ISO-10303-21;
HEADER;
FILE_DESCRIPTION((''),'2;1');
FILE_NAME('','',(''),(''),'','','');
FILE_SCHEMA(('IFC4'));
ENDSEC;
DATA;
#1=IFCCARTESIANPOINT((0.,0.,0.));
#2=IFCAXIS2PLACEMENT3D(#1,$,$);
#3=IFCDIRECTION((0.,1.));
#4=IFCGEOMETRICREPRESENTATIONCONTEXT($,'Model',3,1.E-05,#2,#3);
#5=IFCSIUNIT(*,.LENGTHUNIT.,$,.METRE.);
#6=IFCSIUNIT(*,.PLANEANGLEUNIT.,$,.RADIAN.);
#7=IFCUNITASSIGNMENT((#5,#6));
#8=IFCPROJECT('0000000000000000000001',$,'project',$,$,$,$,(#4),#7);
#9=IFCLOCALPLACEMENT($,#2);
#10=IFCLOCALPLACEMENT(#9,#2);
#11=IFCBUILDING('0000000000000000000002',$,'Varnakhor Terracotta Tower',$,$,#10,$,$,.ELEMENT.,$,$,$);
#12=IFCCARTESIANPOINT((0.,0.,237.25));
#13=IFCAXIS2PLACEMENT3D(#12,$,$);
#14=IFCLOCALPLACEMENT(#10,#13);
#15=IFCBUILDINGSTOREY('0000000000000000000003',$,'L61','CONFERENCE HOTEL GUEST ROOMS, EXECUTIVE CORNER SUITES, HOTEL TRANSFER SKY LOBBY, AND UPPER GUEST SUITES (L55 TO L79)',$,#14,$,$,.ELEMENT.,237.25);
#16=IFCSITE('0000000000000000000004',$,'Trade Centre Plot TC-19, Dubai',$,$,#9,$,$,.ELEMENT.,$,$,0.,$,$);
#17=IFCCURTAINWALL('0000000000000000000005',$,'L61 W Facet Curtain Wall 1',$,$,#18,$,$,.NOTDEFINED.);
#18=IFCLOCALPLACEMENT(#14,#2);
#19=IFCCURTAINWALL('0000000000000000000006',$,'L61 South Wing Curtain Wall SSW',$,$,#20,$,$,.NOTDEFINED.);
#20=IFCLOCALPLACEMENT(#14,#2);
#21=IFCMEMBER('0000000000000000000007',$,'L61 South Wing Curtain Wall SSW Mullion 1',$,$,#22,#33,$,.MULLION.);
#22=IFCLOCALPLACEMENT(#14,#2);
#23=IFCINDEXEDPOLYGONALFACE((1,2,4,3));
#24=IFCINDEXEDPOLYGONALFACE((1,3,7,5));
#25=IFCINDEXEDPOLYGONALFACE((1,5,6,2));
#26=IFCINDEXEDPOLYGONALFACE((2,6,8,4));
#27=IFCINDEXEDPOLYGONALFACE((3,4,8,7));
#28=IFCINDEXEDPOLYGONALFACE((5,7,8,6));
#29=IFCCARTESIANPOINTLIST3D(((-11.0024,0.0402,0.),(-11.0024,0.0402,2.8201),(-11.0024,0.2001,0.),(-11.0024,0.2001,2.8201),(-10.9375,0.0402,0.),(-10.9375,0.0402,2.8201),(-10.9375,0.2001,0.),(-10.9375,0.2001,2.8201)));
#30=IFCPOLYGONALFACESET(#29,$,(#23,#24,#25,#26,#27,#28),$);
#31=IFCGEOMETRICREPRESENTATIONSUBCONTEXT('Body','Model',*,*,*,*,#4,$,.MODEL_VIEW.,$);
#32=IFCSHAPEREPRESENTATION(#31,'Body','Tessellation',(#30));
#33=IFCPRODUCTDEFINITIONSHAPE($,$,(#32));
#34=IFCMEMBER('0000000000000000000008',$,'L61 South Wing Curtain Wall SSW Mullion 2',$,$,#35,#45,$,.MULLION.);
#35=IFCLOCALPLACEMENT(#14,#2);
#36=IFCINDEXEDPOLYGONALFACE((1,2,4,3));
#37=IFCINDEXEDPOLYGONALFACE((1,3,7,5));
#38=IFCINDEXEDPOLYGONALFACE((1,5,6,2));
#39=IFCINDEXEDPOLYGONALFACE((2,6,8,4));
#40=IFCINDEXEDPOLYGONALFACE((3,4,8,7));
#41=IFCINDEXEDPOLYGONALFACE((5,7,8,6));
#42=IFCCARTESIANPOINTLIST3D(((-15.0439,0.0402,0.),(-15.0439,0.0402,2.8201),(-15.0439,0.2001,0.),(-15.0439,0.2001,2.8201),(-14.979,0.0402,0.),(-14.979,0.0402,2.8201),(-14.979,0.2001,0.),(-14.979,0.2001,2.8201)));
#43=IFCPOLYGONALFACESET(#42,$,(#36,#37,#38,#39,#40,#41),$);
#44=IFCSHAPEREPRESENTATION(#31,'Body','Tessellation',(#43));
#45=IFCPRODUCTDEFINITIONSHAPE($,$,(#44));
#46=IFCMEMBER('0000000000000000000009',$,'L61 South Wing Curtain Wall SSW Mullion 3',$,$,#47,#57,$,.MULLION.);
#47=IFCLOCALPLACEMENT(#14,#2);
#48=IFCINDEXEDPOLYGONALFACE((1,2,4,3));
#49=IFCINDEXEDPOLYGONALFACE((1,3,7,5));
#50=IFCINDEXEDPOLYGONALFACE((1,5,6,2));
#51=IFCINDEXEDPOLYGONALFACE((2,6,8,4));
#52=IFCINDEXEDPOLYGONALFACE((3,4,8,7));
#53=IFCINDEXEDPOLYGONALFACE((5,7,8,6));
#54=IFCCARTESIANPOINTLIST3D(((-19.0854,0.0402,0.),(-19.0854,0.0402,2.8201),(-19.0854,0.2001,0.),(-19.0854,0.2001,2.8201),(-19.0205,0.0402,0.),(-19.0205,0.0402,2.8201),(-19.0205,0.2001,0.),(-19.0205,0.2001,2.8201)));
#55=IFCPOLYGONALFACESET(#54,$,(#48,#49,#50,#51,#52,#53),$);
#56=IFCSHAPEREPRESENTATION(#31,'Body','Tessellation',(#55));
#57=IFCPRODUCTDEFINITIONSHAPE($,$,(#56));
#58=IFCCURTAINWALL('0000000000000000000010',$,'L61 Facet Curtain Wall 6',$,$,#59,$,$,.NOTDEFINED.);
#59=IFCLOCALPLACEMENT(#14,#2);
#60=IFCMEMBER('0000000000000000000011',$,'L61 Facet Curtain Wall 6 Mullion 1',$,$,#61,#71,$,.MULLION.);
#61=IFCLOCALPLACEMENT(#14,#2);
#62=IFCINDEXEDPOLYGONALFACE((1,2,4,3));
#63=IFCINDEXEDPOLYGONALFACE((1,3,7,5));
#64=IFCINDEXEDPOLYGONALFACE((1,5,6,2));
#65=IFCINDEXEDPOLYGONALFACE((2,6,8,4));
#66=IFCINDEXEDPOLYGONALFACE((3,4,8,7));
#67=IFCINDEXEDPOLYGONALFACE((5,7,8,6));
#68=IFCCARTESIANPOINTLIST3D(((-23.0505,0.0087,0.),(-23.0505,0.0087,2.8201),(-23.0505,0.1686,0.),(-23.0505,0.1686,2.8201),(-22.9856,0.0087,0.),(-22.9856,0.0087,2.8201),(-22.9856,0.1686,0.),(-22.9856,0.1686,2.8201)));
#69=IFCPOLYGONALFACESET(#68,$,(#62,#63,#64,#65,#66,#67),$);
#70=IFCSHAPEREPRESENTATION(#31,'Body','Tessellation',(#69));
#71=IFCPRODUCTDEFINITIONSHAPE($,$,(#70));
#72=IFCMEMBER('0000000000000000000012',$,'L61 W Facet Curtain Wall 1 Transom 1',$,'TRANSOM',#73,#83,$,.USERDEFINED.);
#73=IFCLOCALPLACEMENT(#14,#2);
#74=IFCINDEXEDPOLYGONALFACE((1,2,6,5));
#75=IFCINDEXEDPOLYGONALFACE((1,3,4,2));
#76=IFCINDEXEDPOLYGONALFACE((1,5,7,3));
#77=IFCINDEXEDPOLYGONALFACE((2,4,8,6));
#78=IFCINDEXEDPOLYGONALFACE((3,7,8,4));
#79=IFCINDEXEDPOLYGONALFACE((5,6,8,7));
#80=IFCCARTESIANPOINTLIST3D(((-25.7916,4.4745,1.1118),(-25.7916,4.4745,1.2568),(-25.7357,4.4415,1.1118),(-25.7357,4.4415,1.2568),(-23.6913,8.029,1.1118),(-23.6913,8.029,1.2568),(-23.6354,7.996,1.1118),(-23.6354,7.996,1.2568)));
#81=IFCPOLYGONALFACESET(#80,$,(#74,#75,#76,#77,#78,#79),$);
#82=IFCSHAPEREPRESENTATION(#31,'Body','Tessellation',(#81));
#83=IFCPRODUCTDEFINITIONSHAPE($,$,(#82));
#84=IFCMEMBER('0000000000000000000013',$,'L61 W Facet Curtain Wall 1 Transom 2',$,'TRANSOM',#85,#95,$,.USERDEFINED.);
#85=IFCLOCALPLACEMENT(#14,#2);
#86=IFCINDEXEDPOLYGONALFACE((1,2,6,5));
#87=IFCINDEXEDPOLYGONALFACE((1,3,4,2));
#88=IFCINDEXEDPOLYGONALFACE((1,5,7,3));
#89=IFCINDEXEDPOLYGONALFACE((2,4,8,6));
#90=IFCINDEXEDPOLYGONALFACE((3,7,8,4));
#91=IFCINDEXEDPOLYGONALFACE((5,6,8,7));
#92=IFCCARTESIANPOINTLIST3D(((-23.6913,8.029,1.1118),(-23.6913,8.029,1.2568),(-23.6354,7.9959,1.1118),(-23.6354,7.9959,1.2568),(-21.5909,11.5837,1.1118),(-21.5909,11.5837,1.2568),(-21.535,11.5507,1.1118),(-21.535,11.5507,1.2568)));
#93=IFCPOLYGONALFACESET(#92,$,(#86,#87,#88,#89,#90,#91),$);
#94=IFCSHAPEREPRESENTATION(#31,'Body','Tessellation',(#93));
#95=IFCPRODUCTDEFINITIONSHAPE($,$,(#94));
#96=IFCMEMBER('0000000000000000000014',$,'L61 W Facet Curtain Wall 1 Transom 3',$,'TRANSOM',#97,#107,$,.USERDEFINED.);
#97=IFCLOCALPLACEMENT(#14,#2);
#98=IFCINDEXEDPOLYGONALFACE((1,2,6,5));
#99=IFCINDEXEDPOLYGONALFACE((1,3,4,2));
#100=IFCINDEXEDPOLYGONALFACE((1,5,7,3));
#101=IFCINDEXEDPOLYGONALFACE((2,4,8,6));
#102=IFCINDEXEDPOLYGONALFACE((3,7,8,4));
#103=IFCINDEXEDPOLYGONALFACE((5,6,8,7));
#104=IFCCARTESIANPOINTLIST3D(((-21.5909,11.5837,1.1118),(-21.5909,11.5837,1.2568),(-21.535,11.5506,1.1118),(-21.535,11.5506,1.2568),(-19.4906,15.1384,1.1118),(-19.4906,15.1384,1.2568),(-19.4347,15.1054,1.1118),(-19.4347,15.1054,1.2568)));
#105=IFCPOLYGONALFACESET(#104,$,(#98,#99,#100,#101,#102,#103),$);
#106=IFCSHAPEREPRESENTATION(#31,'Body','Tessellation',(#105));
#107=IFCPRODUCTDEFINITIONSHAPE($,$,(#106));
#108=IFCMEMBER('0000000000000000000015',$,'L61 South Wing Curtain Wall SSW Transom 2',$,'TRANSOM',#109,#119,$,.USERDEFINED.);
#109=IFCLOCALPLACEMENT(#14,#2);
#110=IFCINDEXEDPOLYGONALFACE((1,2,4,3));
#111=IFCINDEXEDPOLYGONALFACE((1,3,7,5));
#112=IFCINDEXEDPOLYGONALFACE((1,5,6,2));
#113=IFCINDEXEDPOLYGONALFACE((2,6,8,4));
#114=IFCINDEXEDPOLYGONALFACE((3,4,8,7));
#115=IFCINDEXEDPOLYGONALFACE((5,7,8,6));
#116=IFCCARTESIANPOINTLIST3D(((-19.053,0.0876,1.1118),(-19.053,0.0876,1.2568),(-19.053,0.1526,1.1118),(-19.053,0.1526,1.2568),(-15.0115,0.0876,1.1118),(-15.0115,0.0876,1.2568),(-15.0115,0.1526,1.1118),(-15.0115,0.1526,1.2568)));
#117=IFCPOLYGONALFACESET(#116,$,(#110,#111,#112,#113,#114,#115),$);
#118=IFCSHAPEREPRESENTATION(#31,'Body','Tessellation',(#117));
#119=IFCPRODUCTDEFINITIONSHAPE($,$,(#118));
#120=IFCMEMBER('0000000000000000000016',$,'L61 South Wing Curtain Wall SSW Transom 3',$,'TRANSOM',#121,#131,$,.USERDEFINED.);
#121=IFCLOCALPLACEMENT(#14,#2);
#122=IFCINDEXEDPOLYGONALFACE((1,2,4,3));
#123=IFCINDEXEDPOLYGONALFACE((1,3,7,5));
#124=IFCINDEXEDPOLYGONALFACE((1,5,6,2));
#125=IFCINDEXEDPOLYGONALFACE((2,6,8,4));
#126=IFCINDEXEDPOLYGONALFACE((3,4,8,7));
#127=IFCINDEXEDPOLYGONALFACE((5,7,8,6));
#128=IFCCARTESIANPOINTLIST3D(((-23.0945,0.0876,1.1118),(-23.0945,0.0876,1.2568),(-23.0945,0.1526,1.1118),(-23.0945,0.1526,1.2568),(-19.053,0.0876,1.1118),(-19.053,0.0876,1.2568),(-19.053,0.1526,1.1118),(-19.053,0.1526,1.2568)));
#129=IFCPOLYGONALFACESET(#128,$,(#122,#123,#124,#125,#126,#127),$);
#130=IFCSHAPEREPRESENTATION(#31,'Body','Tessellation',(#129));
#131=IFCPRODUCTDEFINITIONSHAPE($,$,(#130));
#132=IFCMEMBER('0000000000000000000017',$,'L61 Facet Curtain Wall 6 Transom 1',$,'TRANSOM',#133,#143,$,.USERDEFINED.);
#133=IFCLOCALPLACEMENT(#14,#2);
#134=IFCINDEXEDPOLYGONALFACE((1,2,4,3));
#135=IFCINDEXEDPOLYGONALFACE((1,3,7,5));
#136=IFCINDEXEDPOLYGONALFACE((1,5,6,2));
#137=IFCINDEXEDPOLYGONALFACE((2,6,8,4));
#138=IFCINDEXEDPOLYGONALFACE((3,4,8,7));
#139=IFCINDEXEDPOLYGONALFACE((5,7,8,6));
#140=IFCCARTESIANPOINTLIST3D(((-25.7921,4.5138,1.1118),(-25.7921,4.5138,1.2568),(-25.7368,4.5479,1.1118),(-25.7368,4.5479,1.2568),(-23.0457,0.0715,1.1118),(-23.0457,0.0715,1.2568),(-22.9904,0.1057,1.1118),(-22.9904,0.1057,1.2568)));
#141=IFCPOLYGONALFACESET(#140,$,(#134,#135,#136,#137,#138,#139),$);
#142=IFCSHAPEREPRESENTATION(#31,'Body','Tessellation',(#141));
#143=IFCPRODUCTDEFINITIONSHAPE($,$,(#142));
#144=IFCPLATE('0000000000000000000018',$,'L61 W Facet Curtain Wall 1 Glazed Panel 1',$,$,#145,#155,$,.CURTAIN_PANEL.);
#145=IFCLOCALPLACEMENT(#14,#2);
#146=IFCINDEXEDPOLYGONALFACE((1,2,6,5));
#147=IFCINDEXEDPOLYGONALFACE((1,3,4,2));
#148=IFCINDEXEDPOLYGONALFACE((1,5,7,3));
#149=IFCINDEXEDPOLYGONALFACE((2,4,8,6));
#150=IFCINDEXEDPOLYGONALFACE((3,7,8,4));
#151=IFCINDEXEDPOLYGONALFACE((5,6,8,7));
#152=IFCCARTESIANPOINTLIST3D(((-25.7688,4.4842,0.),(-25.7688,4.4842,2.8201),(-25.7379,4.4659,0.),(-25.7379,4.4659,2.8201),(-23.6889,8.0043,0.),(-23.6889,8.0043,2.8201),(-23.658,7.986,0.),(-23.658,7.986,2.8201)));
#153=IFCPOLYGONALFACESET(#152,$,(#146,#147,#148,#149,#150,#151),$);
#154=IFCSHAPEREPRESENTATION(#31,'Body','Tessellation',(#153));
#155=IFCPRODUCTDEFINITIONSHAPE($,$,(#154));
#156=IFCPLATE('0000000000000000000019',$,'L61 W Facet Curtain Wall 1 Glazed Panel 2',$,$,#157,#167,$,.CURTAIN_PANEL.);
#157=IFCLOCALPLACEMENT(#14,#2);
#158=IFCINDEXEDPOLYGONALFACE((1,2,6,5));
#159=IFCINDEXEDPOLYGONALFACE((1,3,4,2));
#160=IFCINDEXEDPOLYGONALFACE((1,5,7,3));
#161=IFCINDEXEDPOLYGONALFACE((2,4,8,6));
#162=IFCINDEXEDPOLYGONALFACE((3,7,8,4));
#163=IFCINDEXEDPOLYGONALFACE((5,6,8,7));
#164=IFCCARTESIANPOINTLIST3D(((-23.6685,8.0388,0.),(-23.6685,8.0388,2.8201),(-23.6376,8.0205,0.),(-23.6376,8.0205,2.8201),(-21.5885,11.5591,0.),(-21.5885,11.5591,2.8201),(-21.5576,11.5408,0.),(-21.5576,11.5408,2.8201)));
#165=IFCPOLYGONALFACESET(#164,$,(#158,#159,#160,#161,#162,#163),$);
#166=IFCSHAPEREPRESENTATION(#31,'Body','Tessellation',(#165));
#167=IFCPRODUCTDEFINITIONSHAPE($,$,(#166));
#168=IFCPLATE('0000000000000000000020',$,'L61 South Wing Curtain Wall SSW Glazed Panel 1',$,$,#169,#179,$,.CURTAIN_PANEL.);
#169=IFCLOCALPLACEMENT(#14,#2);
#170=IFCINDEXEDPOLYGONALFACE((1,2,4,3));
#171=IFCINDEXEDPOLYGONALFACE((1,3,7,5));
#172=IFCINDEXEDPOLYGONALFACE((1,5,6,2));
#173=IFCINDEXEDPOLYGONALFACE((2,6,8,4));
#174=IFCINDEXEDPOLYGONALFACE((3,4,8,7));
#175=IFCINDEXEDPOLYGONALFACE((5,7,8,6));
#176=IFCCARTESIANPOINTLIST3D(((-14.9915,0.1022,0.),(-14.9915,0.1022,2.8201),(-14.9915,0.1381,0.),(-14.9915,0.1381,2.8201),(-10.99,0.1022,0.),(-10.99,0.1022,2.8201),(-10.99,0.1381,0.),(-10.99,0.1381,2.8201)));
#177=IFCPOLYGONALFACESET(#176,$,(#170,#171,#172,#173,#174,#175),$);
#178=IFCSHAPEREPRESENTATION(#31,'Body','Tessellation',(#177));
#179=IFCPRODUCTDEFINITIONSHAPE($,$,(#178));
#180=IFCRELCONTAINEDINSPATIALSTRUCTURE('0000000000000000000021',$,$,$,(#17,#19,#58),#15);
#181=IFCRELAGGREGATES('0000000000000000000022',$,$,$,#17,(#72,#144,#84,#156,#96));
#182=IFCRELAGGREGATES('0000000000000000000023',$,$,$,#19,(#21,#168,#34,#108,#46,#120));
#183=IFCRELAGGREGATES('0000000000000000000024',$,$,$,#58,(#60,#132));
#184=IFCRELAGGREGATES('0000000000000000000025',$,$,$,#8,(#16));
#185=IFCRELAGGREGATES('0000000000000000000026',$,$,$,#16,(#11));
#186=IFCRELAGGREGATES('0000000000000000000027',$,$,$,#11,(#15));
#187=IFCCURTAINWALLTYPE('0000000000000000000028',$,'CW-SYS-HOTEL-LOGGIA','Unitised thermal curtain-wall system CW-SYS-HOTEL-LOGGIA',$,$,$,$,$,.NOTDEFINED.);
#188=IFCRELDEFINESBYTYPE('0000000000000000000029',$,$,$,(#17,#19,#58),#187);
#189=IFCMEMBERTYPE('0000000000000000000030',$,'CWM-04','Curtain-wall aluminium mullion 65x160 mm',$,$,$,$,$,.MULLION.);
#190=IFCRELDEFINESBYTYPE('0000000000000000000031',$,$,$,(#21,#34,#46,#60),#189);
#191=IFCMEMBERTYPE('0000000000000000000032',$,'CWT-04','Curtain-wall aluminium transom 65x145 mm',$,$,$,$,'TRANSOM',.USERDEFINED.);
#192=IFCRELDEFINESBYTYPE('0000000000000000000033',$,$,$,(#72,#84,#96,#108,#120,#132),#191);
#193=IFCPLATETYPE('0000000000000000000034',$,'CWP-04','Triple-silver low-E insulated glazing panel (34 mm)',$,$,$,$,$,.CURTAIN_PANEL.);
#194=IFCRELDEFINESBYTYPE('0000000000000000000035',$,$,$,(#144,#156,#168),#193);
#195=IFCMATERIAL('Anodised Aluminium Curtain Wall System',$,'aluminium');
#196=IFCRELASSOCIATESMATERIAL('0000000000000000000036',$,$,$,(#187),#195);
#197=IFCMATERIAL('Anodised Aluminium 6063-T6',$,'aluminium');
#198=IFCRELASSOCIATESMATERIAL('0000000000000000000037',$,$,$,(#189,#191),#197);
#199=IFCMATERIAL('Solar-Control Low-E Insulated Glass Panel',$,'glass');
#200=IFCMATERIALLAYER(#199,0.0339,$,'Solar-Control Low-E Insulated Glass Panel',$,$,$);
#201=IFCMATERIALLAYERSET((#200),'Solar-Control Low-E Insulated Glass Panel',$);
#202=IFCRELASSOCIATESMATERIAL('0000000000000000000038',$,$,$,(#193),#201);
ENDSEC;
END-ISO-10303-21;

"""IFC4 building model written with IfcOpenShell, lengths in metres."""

from ifc_helpers import new_model, si_unit, direction, frame, origin, origin_2d, place, context, subcontext, project, spatial, rectangle, extrude, source, transform, mapped, material, layer, layer_set, material_profile, profile_set, type_object, type_shapes, element, aggregate, save


model = new_model("IFC4")

# Units and contexts
model_context = context("Model", 3, precision=1e-05, world=origin(), true_north=direction((0.0, 1.0)))
body_context = subcontext(model_context, "Body", "Model", "MODEL_VIEW")
ifc_project = project(units=[si_unit("LENGTHUNIT", "METRE"), si_unit("PLANEANGLEUNIT", "RADIAN")], contexts=[model_context])

# Site, building, storey
site_placement = place(None, origin())
site = spatial("IfcSite", under=ifc_project, at=site_placement, Name="Trade Centre Plot TC-19, Dubai", CompositionType="ELEMENT", RefElevation=0.0)
building_placement = place(site_placement, origin())
building = spatial("IfcBuilding", under=site, at=building_placement, Name="Varnakhor Terracotta Tower", CompositionType="ELEMENT")
storey_placement = place(building_placement, frame((0.0, 0.0, 237.25)))
storey = spatial("IfcBuildingStorey", under=building, at=storey_placement, Name="L61", Description="CONFERENCE HOTEL GUEST ROOMS, EXECUTIVE CORNER SUITES, HOTEL TRANSFER SKY LOBBY, AND UPPER GUEST SUITES (L55 TO L79)", CompositionType="ELEMENT", Elevation=237.25)

# Curtain walls, members
ifc_material_1 = material(Name="Anodised Aluminium Curtain Wall System", Category="aluminium")
curtain_wall_type = type_object("IfcCurtainWallType", Name="CW-SYS-HOTEL-LOGGIA", Description="Unitised thermal curtain-wall system CW-SYS-HOTEL-LOGGIA", PredefinedType="NOTDEFINED", material=ifc_material_1)
curtain_wall_1_placement = place(storey_placement, origin())
curtain_wall_1 = element("IfcCurtainWall", 1, at=curtain_wall_1_placement, inside=storey, type_object=curtain_wall_type, Name="L61 W Facet Curtain Wall 1", PredefinedType="NOTDEFINED")
ifc_material_2 = material(Name="Anodised Aluminium 6063-T6", Category="aluminium")
ifc_material_profile_1 = material_profile(ifc_material_2, rectangle(XDim=0.0649, YDim=0.1599, at=origin_2d()), Name="ALU MULLION 65x160")
ifc_profile_set_1 = profile_set([ifc_material_profile_1], Name="Anodised Aluminium 6063-T6")
member_type_1 = type_object("IfcMemberType", Name="CWM-04", Description="Curtain-wall aluminium mullion 65x160 mm", PredefinedType="MULLION", material=ifc_profile_set_1)
shared_shape_1 = source(origin(), body_context, "Body", "SweptSolid", [
    extrude(rectangle(XDim=0.0649, YDim=0.1599, at=origin_2d()), origin(), (0.0, 0.0, 1.0), 2.8201),
])
type_shapes(member_type_1, [shared_shape_1])
curtain_wall_2_placement = place(storey_placement, origin())
curtain_wall_2 = element("IfcCurtainWall", 2, at=curtain_wall_2_placement, inside=storey, type_object=curtain_wall_type, Name="L61 South Wing Curtain Wall SSW", PredefinedType="NOTDEFINED")
member_1_placement = place(storey_placement, frame((-10.97, 0.1201, 0.0), z_axis=(0.0, 0.0, 1.0), x_axis=(1.0, 0.0, 0.0)))
member_1 = element("IfcMember", 3, at=member_1_placement, type_object=member_type_1, Name="L61 South Wing Curtain Wall SSW Mullion 1", PredefinedType="MULLION", context=body_context, shape_type="MappedRepresentation", body=[
    mapped(shared_shape_1, transform((0.0, 0.0, 0.0), scale=1.0)),
])
member_2_placement = place(storey_placement, frame((-15.0115, 0.1201, 0.0), z_axis=(0.0, 0.0, 1.0), x_axis=(1.0, 0.0, 0.0)))
member_2 = element("IfcMember", 4, at=member_2_placement, type_object=member_type_1, Name="L61 South Wing Curtain Wall SSW Mullion 2", PredefinedType="MULLION", context=body_context, shape_type="MappedRepresentation", body=[
    mapped(shared_shape_1, transform((0.0, 0.0, 0.0), scale=1.0)),
])
member_3_placement = place(storey_placement, frame((-19.053, 0.1201, 0.0), z_axis=(0.0, 0.0, 1.0), x_axis=(1.0, 0.0, 0.0)))
member_3 = element("IfcMember", 5, at=member_3_placement, type_object=member_type_1, Name="L61 South Wing Curtain Wall SSW Mullion 3", PredefinedType="MULLION", context=body_context, shape_type="MappedRepresentation", body=[
    mapped(shared_shape_1, transform((0.0, 0.0, 0.0), scale=1.0)),
])

# Curtain wall, member
curtain_wall_3_placement = place(storey_placement, origin())
curtain_wall_3 = element("IfcCurtainWall", 6, at=curtain_wall_3_placement, inside=storey, type_object=curtain_wall_type, Name="L61 Facet Curtain Wall 6", PredefinedType="NOTDEFINED")
member_4_placement = place(storey_placement, frame((-23.0181, 0.0886, 0.0), z_axis=(0.0, 0.0, 1.0), x_axis=(1.0, 0.0, 0.0)))
member_4 = element("IfcMember", 7, at=member_4_placement, type_object=member_type_1, Name="L61 Facet Curtain Wall 6 Mullion 1", PredefinedType="MULLION", context=body_context, shape_type="MappedRepresentation", body=[
    mapped(shared_shape_1, transform((0.0, 0.0, 0.0), scale=1.0)),
])

# Members
ifc_material_profile_2 = material_profile(ifc_material_2, rectangle(XDim=0.0649, YDim=0.145, at=origin_2d()), Name="ALU TRANSOM 65x145")
ifc_profile_set_2 = profile_set([ifc_material_profile_2], Name="Anodised Aluminium 6063-T6")
member_type_2 = type_object("IfcMemberType", Name="CWT-04", Description="Curtain-wall aluminium transom 65x145 mm", ElementType="TRANSOM", PredefinedType="USERDEFINED", material=ifc_profile_set_2)
shared_shape_2 = source(origin(), body_context, "Body", "SweptSolid", [
    extrude(rectangle(XDim=0.0649, YDim=0.145, at=origin_2d()), origin(), (0.0, 0.0, 1.0), 4.1287),
])
member_5_placement = place(storey_placement, frame((-25.7637, 4.458, 1.1843), z_axis=(0.508727, 0.860928, 0.0), x_axis=(-0.860928, 0.508727, 0.0)))
member_5 = element("IfcMember", 8, at=member_5_placement, type_object=member_type_2, Name="L61 W Facet Curtain Wall 1 Transom 1", ObjectType="TRANSOM", PredefinedType="USERDEFINED", context=body_context, shape_type="MappedRepresentation", body=[
    mapped(shared_shape_2, transform((0.0, 0.0, 0.0), scale=1.0)),
])
shared_shape_3 = source(origin(), body_context, "Body", "SweptSolid", [
    extrude(rectangle(XDim=0.0649, YDim=0.145, at=origin_2d()), origin(), (0.0, 0.0, 1.0), 4.1289),
])
member_6_placement = place(storey_placement, frame((-23.6633, 8.0125, 1.1843), z_axis=(0.508701, 0.860943, 0.0), x_axis=(-0.860943, 0.508701, 0.0)))
member_6 = element("IfcMember", 9, at=member_6_placement, type_object=member_type_2, Name="L61 W Facet Curtain Wall 1 Transom 2", ObjectType="TRANSOM", PredefinedType="USERDEFINED", context=body_context, shape_type="MappedRepresentation", body=[
    mapped(shared_shape_3, transform((0.0, 0.0, 0.0), scale=1.0)),
])
member_7_placement = place(storey_placement, frame((-21.563, 11.5671, 1.1843), z_axis=(0.508701, 0.860943, 0.0), x_axis=(-0.860943, 0.508701, 0.0)))
member_7 = element("IfcMember", 10, at=member_7_placement, type_object=member_type_2, Name="L61 W Facet Curtain Wall 1 Transom 3", ObjectType="TRANSOM", PredefinedType="USERDEFINED", context=body_context, shape_type="MappedRepresentation", body=[
    mapped(shared_shape_3, transform((0.0, 0.0, 0.0), scale=1.0)),
])
shared_shape_4 = source(origin(), body_context, "Body", "SweptSolid", [
    extrude(rectangle(XDim=0.0649, YDim=0.145, at=origin_2d()), origin(), (0.0, 0.0, 1.0), 4.0415),
])
member_8_placement = place(storey_placement, frame((-15.0115, 0.1201, 1.1843), z_axis=(-1.0, 0.0, 0.0), x_axis=(0.0, -1.0, 0.0)))
member_8 = element("IfcMember", 11, at=member_8_placement, type_object=member_type_2, Name="L61 South Wing Curtain Wall SSW Transom 2", ObjectType="TRANSOM", PredefinedType="USERDEFINED", context=body_context, shape_type="MappedRepresentation", body=[
    mapped(shared_shape_4, transform((0.0, 0.0, 0.0), scale=1.0)),
])
member_9_placement = place(storey_placement, frame((-19.053, 0.1201, 1.1843), z_axis=(-1.0, 0.0, 0.0), x_axis=(0.0, -1.0, 0.0)))
member_9 = element("IfcMember", 12, at=member_9_placement, type_object=member_type_2, Name="L61 South Wing Curtain Wall SSW Transom 3", ObjectType="TRANSOM", PredefinedType="USERDEFINED", context=body_context, shape_type="MappedRepresentation", body=[
    mapped(shared_shape_4, transform((0.0, 0.0, 0.0), scale=1.0)),
])
shared_shape_5 = source(origin(), body_context, "Body", "SweptSolid", [
    extrude(rectangle(XDim=0.0649, YDim=0.145, at=origin_2d()), origin(), (0.0, 0.0, 1.0), 5.2227),
])
member_10_placement = place(storey_placement, frame((-23.0181, 0.0886, 1.1843), z_axis=(-0.525862, 0.85057, 0.0), x_axis=(-0.85057, -0.525862, 0.0)))
member_10 = element("IfcMember", 13, at=member_10_placement, type_object=member_type_2, Name="L61 Facet Curtain Wall 6 Transom 1", ObjectType="TRANSOM", PredefinedType="USERDEFINED", context=body_context, shape_type="MappedRepresentation", body=[
    mapped(shared_shape_5, transform((0.0, 0.0, 0.0), scale=1.0)),
])

# Plates
ifc_material_3 = material(Name="Solar-Control Low-E Insulated Glass Panel", Category="glass")
ifc_layer_1 = layer(ifc_material_3, 0.0339, Name="Solar-Control Low-E Insulated Glass Panel")
ifc_layer_set_1 = layer_set([ifc_layer_1], Name="Solar-Control Low-E Insulated Glass Panel")
plate_type = type_object("IfcPlateType", Name="CWP-04", Description="Triple-silver low-E insulated glazing panel (34 mm)", PredefinedType="CURTAIN_PANEL", material=ifc_layer_set_1)
shared_shape_6 = source(origin(), body_context, "Body", "SweptSolid", [
    extrude(rectangle(XDim=4.0886, YDim=0.0359, at=origin_2d()), origin(), (0.0, 0.0, 1.0), 2.8201),
])
plate_1_placement = place(storey_placement, frame((-24.7134, 6.2351, 0.0), z_axis=(0.0, 0.0, 1.0), x_axis=(0.508696, 0.860946, 0.0)))
plate_1 = element("IfcPlate", 14, at=plate_1_placement, type_object=plate_type, Name="L61 W Facet Curtain Wall 1 Glazed Panel 1", PredefinedType="CURTAIN_PANEL", context=body_context, shape_type="MappedRepresentation", body=[
    mapped(shared_shape_6, transform((0.0, 0.0, 0.0), scale=1.0)),
])
shared_shape_7 = source(origin(), body_context, "Body", "SweptSolid", [
    extrude(rectangle(XDim=4.0889, YDim=0.0359, at=origin_2d()), origin(), (0.0, 0.0, 1.0), 2.8201),
])
plate_2_placement = place(storey_placement, frame((-22.613, 9.7898, 0.0), z_axis=(0.0, 0.0, 1.0), x_axis=(0.508696, 0.860946, 0.0)))
plate_2 = element("IfcPlate", 15, at=plate_2_placement, type_object=plate_type, Name="L61 W Facet Curtain Wall 1 Glazed Panel 2", PredefinedType="CURTAIN_PANEL", context=body_context, shape_type="MappedRepresentation", body=[
    mapped(shared_shape_7, transform((0.0, 0.0, 0.0), scale=1.0)),
])
aggregate(curtain_wall_1, [member_5, plate_1, member_6, plate_2, member_7])
shared_shape_8 = source(origin(), body_context, "Body", "SweptSolid", [
    extrude(rectangle(XDim=4.0015, YDim=0.0359, at=origin_2d()), origin(), (0.0, 0.0, 1.0), 2.8201),
])
plate_3_placement = place(storey_placement, frame((-12.9907, 0.1201, 0.0), z_axis=(0.0, 0.0, 1.0), x_axis=(-1.0, 0.0, 0.0)))
plate_3 = element("IfcPlate", 16, at=plate_3_placement, type_object=plate_type, Name="L61 South Wing Curtain Wall SSW Glazed Panel 1", PredefinedType="CURTAIN_PANEL", context=body_context, shape_type="MappedRepresentation", body=[
    mapped(shared_shape_8, transform((0.0, 0.0, 0.0), scale=1.0)),
])
aggregate(curtain_wall_2, [member_1, plate_3, member_2, member_8, member_3, member_9])
aggregate(curtain_wall_3, [member_4, member_10])

save(model, "model.ifc")
